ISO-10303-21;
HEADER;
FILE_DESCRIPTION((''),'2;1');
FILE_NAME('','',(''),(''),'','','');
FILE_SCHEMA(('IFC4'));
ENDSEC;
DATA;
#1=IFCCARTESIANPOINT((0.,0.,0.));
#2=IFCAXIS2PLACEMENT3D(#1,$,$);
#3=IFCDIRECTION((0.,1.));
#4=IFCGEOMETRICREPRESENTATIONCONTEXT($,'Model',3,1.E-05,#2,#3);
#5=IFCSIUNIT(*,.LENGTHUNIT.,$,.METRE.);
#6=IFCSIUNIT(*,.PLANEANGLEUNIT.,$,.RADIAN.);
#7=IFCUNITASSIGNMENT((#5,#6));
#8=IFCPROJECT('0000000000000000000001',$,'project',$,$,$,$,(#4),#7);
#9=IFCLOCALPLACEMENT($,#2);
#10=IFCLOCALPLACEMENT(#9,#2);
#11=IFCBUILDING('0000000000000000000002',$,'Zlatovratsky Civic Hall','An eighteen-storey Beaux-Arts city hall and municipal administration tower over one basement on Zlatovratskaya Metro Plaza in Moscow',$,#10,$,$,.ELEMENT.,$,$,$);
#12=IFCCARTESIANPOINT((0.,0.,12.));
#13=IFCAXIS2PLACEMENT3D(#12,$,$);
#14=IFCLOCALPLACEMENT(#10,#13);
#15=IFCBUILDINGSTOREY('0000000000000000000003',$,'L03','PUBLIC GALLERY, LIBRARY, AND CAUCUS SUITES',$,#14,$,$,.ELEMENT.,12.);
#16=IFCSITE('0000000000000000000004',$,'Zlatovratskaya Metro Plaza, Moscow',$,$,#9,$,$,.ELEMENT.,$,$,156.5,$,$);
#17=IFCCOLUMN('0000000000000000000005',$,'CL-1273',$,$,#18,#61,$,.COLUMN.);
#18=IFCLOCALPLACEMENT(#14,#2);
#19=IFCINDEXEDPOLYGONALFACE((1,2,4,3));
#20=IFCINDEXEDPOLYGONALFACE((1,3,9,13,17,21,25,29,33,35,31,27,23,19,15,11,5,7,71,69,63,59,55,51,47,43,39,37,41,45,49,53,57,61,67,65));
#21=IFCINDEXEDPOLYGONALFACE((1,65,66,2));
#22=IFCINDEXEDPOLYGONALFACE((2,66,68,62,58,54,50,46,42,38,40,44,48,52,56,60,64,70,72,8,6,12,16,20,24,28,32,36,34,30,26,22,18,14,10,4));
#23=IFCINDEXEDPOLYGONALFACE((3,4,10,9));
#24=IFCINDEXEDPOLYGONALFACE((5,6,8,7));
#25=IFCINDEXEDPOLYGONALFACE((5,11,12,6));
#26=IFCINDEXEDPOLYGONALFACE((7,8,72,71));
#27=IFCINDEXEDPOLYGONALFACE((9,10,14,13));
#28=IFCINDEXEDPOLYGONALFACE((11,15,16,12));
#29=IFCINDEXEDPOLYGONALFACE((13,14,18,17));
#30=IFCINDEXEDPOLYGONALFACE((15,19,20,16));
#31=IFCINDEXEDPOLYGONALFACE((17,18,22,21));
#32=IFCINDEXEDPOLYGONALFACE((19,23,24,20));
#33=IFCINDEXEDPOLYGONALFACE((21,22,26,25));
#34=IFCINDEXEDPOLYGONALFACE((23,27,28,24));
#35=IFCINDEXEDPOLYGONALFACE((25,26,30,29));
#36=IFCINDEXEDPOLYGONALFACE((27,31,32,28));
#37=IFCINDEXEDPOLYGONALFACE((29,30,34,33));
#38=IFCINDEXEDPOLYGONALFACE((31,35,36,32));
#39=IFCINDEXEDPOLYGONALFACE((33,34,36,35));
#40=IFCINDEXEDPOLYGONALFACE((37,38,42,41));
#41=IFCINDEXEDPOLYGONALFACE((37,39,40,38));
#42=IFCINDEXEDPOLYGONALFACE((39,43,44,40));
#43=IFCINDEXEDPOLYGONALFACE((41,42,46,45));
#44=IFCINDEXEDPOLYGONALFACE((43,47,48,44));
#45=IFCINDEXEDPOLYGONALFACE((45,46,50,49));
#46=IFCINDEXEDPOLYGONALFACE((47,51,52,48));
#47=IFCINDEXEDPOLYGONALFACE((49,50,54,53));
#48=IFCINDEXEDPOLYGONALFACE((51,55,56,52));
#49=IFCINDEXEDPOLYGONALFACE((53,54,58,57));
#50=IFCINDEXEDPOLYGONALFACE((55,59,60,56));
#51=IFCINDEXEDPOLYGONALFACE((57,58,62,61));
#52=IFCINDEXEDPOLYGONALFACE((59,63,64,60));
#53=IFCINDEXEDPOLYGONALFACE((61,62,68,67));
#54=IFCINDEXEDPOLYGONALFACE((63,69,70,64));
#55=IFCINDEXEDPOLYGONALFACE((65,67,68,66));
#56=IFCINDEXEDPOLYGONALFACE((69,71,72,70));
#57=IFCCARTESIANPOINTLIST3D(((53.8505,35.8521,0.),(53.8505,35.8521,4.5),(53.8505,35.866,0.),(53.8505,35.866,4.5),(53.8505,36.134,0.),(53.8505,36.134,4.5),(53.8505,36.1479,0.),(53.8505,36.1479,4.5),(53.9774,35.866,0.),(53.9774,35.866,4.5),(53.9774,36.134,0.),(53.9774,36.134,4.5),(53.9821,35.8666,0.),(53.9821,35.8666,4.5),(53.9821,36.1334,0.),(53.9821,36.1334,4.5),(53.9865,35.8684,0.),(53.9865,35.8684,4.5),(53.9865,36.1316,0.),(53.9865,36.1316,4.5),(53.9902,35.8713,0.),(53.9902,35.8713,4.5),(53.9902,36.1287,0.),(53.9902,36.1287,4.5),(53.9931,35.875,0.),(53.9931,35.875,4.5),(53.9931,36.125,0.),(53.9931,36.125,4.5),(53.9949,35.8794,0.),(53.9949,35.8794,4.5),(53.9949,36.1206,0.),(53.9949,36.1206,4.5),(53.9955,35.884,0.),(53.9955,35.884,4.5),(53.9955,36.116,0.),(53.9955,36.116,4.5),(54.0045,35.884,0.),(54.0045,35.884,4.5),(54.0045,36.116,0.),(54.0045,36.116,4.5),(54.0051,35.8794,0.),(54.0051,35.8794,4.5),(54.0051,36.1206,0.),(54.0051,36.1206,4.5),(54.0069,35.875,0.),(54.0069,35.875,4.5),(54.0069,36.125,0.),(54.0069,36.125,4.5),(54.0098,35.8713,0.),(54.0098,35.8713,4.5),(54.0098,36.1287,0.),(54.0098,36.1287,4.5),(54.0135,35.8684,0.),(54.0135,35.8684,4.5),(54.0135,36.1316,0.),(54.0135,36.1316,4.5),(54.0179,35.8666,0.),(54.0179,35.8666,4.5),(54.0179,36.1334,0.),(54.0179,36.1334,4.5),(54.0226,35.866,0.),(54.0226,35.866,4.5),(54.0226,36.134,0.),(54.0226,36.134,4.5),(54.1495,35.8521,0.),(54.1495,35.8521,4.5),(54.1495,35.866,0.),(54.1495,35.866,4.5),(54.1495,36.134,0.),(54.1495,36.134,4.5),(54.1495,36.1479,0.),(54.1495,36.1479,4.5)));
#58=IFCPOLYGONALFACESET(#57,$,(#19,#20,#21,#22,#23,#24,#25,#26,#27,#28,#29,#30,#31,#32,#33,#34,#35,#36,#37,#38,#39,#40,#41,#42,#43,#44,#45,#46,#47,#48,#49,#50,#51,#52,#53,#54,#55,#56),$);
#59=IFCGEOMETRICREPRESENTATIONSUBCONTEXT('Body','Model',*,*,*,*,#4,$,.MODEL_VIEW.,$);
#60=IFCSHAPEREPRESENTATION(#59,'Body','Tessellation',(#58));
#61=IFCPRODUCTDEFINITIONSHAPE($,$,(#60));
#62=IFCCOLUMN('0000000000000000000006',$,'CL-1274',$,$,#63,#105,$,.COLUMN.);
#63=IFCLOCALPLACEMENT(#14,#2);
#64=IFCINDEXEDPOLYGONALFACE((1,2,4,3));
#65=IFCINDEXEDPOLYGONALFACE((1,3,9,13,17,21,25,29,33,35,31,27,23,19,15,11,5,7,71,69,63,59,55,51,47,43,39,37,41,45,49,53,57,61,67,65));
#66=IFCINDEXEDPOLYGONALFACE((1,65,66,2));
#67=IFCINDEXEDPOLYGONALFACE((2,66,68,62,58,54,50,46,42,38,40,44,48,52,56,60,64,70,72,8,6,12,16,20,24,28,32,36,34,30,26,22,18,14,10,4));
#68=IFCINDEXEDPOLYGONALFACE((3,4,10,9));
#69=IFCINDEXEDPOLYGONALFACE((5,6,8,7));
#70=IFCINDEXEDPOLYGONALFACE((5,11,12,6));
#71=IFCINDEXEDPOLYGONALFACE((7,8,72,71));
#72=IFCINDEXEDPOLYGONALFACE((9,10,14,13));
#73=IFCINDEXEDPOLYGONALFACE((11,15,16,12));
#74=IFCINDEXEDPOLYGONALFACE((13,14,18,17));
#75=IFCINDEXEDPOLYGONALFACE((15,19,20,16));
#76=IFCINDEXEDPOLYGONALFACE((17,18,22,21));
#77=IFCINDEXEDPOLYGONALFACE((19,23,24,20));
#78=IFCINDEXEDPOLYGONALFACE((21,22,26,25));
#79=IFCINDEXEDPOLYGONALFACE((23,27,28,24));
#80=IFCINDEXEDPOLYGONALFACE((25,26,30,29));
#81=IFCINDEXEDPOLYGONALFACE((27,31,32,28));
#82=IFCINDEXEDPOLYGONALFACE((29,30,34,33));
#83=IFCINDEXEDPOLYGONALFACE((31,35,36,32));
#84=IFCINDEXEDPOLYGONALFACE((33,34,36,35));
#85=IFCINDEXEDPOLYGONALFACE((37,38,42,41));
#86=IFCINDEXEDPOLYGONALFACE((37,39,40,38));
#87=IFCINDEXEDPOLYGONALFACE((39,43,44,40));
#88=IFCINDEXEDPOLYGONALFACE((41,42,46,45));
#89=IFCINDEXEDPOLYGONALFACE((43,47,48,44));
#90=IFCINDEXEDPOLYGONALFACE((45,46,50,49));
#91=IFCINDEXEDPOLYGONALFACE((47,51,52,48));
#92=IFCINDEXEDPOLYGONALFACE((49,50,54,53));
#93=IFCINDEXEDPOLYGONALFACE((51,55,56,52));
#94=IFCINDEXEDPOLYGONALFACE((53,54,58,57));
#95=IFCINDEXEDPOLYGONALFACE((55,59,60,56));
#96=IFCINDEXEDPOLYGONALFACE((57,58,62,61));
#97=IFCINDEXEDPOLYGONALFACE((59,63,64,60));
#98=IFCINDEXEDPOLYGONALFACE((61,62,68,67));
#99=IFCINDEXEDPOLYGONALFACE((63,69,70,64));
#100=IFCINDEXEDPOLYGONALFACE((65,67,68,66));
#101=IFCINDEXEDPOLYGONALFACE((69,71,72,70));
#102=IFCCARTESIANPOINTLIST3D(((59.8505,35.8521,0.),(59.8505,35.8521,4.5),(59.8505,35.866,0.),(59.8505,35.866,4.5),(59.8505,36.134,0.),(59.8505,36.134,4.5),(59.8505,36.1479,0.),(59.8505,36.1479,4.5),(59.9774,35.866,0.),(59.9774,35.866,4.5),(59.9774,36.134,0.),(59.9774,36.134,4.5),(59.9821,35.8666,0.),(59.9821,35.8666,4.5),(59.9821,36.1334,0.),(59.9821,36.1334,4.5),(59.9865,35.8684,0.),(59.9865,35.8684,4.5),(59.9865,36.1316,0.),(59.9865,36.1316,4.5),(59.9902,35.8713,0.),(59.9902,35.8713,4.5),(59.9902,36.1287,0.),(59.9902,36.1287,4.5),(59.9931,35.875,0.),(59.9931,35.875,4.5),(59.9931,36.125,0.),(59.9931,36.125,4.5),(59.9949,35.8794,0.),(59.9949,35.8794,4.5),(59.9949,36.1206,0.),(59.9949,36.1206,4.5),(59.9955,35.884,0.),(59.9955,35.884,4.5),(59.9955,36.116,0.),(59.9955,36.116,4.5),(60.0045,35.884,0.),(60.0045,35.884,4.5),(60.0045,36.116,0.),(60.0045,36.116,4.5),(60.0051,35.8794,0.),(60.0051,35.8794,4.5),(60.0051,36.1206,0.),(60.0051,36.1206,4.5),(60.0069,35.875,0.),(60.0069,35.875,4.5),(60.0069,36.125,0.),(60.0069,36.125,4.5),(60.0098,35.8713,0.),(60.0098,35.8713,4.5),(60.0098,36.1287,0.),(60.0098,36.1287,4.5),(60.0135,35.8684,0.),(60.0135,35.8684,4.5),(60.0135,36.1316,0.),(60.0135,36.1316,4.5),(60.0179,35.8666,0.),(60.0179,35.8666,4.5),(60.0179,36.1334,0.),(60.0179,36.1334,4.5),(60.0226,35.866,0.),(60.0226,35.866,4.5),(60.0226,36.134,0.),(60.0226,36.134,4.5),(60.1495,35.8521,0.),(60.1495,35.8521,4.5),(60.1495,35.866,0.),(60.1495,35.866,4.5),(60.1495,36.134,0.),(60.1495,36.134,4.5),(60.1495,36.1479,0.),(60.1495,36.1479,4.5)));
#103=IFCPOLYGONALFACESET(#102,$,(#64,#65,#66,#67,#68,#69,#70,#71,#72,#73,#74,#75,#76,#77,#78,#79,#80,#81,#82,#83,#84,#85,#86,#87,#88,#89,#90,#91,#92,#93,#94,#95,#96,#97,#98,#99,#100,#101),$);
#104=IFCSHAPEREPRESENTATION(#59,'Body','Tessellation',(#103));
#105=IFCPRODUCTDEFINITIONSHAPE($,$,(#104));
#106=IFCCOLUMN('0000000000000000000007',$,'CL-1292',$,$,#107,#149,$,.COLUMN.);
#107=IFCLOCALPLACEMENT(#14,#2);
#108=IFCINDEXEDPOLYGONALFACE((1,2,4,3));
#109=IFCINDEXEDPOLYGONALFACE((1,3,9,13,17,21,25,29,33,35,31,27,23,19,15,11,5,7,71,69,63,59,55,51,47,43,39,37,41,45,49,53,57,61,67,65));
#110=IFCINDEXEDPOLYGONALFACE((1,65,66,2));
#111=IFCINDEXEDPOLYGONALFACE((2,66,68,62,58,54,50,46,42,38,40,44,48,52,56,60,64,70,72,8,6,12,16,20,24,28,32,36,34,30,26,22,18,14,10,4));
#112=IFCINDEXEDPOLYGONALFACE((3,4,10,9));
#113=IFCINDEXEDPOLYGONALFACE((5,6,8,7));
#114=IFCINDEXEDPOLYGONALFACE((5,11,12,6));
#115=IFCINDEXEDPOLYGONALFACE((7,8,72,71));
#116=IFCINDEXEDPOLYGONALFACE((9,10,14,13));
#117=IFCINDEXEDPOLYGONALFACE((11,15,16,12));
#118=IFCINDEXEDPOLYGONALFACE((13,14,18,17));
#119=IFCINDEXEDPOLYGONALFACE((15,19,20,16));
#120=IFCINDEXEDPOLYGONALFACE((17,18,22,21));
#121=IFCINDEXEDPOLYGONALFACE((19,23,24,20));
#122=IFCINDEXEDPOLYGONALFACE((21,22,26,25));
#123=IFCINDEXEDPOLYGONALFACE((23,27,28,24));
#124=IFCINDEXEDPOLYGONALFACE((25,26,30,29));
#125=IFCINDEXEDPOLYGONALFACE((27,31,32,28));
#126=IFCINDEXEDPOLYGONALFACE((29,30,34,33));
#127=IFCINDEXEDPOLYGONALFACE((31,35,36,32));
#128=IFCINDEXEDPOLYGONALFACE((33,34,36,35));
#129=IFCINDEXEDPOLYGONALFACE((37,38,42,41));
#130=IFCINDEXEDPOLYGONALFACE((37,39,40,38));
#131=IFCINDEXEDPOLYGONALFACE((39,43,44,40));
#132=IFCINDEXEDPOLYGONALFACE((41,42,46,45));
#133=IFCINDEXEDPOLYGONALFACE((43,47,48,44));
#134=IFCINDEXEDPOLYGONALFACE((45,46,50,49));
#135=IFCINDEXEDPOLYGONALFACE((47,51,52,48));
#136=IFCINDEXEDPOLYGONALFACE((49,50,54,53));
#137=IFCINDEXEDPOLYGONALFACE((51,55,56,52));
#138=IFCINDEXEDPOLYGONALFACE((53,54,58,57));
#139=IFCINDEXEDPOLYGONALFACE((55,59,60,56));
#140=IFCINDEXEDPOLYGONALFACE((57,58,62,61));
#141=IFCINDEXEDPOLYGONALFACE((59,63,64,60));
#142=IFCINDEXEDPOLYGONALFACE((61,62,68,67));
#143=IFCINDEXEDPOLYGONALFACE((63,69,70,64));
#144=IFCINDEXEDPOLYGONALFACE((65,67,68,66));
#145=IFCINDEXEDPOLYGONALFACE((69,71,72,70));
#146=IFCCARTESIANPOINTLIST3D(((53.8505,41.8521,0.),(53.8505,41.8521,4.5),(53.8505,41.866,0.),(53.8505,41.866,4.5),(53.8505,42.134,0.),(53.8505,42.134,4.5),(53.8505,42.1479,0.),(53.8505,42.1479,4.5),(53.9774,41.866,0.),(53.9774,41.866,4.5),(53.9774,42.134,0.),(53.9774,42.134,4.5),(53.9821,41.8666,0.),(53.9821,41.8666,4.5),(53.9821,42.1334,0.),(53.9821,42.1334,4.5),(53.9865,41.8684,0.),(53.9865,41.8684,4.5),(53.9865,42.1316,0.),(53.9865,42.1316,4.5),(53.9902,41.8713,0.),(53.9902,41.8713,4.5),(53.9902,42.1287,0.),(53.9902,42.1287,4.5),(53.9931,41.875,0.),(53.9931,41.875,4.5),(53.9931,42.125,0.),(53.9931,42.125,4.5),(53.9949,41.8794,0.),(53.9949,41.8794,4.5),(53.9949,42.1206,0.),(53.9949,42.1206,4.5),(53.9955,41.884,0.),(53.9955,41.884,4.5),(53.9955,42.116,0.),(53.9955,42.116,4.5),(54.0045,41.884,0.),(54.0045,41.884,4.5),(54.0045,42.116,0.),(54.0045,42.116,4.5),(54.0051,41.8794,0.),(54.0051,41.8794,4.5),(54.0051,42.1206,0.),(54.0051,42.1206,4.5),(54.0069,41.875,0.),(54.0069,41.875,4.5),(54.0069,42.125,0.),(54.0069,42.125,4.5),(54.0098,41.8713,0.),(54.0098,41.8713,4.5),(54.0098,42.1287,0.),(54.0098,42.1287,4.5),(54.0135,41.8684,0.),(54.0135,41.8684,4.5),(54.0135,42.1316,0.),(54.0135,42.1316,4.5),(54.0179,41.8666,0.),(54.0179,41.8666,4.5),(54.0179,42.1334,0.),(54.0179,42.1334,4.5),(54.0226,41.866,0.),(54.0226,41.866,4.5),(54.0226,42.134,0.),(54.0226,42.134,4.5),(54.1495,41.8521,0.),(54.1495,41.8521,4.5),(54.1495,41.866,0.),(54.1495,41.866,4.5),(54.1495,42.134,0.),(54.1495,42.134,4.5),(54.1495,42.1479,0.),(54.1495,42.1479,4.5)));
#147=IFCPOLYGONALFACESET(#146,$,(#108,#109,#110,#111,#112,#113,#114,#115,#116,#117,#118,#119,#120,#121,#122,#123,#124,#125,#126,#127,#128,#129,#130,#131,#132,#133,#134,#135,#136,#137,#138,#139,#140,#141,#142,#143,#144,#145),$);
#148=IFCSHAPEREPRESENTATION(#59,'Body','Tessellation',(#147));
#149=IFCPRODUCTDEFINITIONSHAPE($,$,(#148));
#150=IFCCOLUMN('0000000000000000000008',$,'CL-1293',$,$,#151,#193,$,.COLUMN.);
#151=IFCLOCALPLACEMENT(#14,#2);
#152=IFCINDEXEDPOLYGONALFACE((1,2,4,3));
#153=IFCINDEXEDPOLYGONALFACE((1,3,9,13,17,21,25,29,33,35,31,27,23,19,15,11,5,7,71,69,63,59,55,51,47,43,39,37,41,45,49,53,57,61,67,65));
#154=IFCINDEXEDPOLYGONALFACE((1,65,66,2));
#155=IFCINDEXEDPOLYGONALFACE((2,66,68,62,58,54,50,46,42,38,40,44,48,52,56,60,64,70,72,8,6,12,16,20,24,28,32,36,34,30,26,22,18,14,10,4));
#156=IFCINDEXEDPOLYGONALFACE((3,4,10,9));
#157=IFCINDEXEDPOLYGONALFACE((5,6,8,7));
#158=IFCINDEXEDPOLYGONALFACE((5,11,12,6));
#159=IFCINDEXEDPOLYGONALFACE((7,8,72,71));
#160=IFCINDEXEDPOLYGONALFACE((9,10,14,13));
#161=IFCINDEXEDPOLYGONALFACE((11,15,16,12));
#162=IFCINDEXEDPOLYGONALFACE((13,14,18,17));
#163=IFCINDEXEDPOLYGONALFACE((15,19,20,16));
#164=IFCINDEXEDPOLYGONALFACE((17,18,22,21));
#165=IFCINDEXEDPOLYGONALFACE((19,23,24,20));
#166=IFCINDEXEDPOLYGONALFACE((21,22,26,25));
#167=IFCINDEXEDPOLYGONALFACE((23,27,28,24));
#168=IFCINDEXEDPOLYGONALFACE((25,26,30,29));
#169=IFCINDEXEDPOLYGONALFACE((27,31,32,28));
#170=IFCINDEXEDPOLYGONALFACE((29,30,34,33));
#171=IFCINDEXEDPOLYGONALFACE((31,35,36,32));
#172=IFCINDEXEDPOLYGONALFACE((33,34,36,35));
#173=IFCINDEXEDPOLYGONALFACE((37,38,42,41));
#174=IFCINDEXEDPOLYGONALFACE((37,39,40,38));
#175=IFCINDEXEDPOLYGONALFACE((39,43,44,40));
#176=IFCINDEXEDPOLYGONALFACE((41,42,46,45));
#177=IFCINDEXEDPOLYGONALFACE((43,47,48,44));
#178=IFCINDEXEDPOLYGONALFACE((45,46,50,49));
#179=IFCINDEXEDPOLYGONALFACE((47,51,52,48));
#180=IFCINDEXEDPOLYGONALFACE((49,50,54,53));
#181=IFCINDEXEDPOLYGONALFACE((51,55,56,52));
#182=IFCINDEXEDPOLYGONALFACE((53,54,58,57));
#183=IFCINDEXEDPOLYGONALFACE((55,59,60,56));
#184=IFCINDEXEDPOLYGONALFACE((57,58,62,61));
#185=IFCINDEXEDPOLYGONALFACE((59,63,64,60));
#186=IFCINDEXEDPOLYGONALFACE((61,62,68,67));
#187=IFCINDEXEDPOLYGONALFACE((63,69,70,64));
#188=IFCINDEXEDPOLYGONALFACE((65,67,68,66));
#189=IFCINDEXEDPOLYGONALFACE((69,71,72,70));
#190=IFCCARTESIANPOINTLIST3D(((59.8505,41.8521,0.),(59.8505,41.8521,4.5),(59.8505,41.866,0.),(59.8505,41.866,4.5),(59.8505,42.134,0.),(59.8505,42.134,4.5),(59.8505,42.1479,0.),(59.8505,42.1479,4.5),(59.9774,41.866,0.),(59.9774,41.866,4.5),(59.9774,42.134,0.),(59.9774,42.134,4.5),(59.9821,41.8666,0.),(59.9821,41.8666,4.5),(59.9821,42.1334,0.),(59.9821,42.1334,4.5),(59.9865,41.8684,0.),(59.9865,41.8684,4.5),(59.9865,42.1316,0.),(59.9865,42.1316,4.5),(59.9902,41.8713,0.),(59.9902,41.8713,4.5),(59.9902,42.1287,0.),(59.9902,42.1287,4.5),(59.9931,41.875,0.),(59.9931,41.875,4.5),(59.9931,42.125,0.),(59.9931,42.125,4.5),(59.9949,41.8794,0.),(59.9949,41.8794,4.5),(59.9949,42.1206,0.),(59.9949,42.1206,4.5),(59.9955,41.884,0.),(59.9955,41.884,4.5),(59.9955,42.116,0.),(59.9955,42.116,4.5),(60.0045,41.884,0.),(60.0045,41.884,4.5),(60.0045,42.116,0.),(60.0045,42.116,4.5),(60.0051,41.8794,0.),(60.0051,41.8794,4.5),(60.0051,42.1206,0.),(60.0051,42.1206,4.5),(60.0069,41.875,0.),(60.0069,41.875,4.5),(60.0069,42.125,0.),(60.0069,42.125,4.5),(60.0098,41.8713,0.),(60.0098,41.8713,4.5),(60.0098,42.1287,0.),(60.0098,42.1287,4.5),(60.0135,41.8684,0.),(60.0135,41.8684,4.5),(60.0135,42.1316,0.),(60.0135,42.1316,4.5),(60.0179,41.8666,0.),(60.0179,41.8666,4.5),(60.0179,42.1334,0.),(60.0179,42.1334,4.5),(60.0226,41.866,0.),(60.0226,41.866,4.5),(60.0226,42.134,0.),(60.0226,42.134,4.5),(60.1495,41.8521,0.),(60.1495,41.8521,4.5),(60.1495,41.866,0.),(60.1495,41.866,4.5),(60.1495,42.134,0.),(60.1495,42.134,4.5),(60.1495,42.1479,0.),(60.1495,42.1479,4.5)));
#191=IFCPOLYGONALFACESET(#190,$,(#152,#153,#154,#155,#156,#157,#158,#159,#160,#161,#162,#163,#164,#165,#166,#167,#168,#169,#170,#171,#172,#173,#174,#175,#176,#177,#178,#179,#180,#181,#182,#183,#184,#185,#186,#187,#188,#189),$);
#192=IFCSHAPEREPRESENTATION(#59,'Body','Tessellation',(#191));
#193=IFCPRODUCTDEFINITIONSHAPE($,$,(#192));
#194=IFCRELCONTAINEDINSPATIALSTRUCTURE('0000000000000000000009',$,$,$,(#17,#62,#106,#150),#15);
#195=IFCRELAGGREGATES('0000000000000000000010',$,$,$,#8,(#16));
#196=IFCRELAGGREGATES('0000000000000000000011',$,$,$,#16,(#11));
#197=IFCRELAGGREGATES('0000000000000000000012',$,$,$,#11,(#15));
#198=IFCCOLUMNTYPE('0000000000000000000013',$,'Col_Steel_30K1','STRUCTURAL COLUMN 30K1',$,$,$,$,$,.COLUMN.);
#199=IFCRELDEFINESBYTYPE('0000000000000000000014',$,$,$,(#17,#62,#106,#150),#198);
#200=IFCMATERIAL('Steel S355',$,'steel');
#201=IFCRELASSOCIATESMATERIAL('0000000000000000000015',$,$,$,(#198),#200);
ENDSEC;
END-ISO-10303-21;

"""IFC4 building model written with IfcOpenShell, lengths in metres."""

from ifc_helpers import new_model, si_unit, direction, frame, origin, origin_2d, place, context, subcontext, project, spatial, i_section, extrude, material, material_profile, profile_set, type_object, element, save


model = new_model("IFC4")

# Units and contexts
model_context = context("Model", 3, precision=1e-05, world=origin(), true_north=direction((0.0, 1.0)))
body_context = subcontext(model_context, "Body", "Model", "MODEL_VIEW")
ifc_project = project(units=[si_unit("LENGTHUNIT", "METRE"), si_unit("PLANEANGLEUNIT", "RADIAN")], contexts=[model_context])

# Site, building, storey
site_placement = place(None, origin())
site = spatial("IfcSite", under=ifc_project, at=site_placement, Name="Zlatovratskaya Metro Plaza, Moscow", CompositionType="ELEMENT", RefElevation=156.5)
building_placement = place(site_placement, origin())
building = spatial("IfcBuilding", under=site, at=building_placement, Name="Zlatovratsky Civic Hall", Description="An eighteen-storey Beaux-Arts city hall and municipal administration tower over one basement on Zlatovratskaya Metro Plaza in Moscow", CompositionType="ELEMENT")
storey_placement = place(building_placement, frame((0.0, 0.0, 12.0)))
storey = spatial("IfcBuildingStorey", under=building, at=storey_placement, Name="L03", Description="PUBLIC GALLERY, LIBRARY, AND CAUCUS SUITES", CompositionType="ELEMENT", Elevation=12.0)

# Columns
ifc_material_1 = material(Name="Steel S355", Category="steel")
ifc_material_profile_1 = material_profile(ifc_material_1, i_section(OverallWidth=0.2991, OverallDepth=0.2959, WebThickness=0.009, FlangeThickness=0.0139, FilletRadius=0.0181, at=origin_2d()), Name="30K1")
ifc_profile_set_1 = profile_set([ifc_material_profile_1], Name="Steel S355")
column_type = type_object("IfcColumnType", Name="Col_Steel_30K1", Description="STRUCTURAL COLUMN 30K1", PredefinedType="COLUMN", material=ifc_profile_set_1)
for number, where, z_axis, x_axis, name in (
    (1, (54.0, 36.0, 0.0), (0.0, 0.0, 1.0), (1.0, 0.0, 0.0), "CL-1273"),
    (2, (60.0, 36.0, 0.0), (0.0, 0.0, 1.0), (1.0, 0.0, 0.0), "CL-1274"),
    (3, (54.0, 42.0, 0.0), (0.0, 0.0, 1.0), (1.0, 0.0, 0.0), "CL-1292"),
    (4, (60.0, 42.0, 0.0), (0.0, 0.0, 1.0), (1.0, 0.0, 0.0), "CL-1293"),
):
    element("IfcColumn", number, at=place(storey_placement, frame(where, z_axis=z_axis, x_axis=x_axis)), inside=storey, type_object=column_type, Name=name, PredefinedType="COLUMN", context=body_context, shape_type="SweptSolid", body=[
        extrude(i_section(OverallWidth=0.2991, OverallDepth=0.2959, WebThickness=0.009, FlangeThickness=0.0139, FilletRadius=0.0181, at=origin_2d()), origin(), (0.0, 0.0, 1.0), 4.5),
    ])

save(model, "model.ifc")
